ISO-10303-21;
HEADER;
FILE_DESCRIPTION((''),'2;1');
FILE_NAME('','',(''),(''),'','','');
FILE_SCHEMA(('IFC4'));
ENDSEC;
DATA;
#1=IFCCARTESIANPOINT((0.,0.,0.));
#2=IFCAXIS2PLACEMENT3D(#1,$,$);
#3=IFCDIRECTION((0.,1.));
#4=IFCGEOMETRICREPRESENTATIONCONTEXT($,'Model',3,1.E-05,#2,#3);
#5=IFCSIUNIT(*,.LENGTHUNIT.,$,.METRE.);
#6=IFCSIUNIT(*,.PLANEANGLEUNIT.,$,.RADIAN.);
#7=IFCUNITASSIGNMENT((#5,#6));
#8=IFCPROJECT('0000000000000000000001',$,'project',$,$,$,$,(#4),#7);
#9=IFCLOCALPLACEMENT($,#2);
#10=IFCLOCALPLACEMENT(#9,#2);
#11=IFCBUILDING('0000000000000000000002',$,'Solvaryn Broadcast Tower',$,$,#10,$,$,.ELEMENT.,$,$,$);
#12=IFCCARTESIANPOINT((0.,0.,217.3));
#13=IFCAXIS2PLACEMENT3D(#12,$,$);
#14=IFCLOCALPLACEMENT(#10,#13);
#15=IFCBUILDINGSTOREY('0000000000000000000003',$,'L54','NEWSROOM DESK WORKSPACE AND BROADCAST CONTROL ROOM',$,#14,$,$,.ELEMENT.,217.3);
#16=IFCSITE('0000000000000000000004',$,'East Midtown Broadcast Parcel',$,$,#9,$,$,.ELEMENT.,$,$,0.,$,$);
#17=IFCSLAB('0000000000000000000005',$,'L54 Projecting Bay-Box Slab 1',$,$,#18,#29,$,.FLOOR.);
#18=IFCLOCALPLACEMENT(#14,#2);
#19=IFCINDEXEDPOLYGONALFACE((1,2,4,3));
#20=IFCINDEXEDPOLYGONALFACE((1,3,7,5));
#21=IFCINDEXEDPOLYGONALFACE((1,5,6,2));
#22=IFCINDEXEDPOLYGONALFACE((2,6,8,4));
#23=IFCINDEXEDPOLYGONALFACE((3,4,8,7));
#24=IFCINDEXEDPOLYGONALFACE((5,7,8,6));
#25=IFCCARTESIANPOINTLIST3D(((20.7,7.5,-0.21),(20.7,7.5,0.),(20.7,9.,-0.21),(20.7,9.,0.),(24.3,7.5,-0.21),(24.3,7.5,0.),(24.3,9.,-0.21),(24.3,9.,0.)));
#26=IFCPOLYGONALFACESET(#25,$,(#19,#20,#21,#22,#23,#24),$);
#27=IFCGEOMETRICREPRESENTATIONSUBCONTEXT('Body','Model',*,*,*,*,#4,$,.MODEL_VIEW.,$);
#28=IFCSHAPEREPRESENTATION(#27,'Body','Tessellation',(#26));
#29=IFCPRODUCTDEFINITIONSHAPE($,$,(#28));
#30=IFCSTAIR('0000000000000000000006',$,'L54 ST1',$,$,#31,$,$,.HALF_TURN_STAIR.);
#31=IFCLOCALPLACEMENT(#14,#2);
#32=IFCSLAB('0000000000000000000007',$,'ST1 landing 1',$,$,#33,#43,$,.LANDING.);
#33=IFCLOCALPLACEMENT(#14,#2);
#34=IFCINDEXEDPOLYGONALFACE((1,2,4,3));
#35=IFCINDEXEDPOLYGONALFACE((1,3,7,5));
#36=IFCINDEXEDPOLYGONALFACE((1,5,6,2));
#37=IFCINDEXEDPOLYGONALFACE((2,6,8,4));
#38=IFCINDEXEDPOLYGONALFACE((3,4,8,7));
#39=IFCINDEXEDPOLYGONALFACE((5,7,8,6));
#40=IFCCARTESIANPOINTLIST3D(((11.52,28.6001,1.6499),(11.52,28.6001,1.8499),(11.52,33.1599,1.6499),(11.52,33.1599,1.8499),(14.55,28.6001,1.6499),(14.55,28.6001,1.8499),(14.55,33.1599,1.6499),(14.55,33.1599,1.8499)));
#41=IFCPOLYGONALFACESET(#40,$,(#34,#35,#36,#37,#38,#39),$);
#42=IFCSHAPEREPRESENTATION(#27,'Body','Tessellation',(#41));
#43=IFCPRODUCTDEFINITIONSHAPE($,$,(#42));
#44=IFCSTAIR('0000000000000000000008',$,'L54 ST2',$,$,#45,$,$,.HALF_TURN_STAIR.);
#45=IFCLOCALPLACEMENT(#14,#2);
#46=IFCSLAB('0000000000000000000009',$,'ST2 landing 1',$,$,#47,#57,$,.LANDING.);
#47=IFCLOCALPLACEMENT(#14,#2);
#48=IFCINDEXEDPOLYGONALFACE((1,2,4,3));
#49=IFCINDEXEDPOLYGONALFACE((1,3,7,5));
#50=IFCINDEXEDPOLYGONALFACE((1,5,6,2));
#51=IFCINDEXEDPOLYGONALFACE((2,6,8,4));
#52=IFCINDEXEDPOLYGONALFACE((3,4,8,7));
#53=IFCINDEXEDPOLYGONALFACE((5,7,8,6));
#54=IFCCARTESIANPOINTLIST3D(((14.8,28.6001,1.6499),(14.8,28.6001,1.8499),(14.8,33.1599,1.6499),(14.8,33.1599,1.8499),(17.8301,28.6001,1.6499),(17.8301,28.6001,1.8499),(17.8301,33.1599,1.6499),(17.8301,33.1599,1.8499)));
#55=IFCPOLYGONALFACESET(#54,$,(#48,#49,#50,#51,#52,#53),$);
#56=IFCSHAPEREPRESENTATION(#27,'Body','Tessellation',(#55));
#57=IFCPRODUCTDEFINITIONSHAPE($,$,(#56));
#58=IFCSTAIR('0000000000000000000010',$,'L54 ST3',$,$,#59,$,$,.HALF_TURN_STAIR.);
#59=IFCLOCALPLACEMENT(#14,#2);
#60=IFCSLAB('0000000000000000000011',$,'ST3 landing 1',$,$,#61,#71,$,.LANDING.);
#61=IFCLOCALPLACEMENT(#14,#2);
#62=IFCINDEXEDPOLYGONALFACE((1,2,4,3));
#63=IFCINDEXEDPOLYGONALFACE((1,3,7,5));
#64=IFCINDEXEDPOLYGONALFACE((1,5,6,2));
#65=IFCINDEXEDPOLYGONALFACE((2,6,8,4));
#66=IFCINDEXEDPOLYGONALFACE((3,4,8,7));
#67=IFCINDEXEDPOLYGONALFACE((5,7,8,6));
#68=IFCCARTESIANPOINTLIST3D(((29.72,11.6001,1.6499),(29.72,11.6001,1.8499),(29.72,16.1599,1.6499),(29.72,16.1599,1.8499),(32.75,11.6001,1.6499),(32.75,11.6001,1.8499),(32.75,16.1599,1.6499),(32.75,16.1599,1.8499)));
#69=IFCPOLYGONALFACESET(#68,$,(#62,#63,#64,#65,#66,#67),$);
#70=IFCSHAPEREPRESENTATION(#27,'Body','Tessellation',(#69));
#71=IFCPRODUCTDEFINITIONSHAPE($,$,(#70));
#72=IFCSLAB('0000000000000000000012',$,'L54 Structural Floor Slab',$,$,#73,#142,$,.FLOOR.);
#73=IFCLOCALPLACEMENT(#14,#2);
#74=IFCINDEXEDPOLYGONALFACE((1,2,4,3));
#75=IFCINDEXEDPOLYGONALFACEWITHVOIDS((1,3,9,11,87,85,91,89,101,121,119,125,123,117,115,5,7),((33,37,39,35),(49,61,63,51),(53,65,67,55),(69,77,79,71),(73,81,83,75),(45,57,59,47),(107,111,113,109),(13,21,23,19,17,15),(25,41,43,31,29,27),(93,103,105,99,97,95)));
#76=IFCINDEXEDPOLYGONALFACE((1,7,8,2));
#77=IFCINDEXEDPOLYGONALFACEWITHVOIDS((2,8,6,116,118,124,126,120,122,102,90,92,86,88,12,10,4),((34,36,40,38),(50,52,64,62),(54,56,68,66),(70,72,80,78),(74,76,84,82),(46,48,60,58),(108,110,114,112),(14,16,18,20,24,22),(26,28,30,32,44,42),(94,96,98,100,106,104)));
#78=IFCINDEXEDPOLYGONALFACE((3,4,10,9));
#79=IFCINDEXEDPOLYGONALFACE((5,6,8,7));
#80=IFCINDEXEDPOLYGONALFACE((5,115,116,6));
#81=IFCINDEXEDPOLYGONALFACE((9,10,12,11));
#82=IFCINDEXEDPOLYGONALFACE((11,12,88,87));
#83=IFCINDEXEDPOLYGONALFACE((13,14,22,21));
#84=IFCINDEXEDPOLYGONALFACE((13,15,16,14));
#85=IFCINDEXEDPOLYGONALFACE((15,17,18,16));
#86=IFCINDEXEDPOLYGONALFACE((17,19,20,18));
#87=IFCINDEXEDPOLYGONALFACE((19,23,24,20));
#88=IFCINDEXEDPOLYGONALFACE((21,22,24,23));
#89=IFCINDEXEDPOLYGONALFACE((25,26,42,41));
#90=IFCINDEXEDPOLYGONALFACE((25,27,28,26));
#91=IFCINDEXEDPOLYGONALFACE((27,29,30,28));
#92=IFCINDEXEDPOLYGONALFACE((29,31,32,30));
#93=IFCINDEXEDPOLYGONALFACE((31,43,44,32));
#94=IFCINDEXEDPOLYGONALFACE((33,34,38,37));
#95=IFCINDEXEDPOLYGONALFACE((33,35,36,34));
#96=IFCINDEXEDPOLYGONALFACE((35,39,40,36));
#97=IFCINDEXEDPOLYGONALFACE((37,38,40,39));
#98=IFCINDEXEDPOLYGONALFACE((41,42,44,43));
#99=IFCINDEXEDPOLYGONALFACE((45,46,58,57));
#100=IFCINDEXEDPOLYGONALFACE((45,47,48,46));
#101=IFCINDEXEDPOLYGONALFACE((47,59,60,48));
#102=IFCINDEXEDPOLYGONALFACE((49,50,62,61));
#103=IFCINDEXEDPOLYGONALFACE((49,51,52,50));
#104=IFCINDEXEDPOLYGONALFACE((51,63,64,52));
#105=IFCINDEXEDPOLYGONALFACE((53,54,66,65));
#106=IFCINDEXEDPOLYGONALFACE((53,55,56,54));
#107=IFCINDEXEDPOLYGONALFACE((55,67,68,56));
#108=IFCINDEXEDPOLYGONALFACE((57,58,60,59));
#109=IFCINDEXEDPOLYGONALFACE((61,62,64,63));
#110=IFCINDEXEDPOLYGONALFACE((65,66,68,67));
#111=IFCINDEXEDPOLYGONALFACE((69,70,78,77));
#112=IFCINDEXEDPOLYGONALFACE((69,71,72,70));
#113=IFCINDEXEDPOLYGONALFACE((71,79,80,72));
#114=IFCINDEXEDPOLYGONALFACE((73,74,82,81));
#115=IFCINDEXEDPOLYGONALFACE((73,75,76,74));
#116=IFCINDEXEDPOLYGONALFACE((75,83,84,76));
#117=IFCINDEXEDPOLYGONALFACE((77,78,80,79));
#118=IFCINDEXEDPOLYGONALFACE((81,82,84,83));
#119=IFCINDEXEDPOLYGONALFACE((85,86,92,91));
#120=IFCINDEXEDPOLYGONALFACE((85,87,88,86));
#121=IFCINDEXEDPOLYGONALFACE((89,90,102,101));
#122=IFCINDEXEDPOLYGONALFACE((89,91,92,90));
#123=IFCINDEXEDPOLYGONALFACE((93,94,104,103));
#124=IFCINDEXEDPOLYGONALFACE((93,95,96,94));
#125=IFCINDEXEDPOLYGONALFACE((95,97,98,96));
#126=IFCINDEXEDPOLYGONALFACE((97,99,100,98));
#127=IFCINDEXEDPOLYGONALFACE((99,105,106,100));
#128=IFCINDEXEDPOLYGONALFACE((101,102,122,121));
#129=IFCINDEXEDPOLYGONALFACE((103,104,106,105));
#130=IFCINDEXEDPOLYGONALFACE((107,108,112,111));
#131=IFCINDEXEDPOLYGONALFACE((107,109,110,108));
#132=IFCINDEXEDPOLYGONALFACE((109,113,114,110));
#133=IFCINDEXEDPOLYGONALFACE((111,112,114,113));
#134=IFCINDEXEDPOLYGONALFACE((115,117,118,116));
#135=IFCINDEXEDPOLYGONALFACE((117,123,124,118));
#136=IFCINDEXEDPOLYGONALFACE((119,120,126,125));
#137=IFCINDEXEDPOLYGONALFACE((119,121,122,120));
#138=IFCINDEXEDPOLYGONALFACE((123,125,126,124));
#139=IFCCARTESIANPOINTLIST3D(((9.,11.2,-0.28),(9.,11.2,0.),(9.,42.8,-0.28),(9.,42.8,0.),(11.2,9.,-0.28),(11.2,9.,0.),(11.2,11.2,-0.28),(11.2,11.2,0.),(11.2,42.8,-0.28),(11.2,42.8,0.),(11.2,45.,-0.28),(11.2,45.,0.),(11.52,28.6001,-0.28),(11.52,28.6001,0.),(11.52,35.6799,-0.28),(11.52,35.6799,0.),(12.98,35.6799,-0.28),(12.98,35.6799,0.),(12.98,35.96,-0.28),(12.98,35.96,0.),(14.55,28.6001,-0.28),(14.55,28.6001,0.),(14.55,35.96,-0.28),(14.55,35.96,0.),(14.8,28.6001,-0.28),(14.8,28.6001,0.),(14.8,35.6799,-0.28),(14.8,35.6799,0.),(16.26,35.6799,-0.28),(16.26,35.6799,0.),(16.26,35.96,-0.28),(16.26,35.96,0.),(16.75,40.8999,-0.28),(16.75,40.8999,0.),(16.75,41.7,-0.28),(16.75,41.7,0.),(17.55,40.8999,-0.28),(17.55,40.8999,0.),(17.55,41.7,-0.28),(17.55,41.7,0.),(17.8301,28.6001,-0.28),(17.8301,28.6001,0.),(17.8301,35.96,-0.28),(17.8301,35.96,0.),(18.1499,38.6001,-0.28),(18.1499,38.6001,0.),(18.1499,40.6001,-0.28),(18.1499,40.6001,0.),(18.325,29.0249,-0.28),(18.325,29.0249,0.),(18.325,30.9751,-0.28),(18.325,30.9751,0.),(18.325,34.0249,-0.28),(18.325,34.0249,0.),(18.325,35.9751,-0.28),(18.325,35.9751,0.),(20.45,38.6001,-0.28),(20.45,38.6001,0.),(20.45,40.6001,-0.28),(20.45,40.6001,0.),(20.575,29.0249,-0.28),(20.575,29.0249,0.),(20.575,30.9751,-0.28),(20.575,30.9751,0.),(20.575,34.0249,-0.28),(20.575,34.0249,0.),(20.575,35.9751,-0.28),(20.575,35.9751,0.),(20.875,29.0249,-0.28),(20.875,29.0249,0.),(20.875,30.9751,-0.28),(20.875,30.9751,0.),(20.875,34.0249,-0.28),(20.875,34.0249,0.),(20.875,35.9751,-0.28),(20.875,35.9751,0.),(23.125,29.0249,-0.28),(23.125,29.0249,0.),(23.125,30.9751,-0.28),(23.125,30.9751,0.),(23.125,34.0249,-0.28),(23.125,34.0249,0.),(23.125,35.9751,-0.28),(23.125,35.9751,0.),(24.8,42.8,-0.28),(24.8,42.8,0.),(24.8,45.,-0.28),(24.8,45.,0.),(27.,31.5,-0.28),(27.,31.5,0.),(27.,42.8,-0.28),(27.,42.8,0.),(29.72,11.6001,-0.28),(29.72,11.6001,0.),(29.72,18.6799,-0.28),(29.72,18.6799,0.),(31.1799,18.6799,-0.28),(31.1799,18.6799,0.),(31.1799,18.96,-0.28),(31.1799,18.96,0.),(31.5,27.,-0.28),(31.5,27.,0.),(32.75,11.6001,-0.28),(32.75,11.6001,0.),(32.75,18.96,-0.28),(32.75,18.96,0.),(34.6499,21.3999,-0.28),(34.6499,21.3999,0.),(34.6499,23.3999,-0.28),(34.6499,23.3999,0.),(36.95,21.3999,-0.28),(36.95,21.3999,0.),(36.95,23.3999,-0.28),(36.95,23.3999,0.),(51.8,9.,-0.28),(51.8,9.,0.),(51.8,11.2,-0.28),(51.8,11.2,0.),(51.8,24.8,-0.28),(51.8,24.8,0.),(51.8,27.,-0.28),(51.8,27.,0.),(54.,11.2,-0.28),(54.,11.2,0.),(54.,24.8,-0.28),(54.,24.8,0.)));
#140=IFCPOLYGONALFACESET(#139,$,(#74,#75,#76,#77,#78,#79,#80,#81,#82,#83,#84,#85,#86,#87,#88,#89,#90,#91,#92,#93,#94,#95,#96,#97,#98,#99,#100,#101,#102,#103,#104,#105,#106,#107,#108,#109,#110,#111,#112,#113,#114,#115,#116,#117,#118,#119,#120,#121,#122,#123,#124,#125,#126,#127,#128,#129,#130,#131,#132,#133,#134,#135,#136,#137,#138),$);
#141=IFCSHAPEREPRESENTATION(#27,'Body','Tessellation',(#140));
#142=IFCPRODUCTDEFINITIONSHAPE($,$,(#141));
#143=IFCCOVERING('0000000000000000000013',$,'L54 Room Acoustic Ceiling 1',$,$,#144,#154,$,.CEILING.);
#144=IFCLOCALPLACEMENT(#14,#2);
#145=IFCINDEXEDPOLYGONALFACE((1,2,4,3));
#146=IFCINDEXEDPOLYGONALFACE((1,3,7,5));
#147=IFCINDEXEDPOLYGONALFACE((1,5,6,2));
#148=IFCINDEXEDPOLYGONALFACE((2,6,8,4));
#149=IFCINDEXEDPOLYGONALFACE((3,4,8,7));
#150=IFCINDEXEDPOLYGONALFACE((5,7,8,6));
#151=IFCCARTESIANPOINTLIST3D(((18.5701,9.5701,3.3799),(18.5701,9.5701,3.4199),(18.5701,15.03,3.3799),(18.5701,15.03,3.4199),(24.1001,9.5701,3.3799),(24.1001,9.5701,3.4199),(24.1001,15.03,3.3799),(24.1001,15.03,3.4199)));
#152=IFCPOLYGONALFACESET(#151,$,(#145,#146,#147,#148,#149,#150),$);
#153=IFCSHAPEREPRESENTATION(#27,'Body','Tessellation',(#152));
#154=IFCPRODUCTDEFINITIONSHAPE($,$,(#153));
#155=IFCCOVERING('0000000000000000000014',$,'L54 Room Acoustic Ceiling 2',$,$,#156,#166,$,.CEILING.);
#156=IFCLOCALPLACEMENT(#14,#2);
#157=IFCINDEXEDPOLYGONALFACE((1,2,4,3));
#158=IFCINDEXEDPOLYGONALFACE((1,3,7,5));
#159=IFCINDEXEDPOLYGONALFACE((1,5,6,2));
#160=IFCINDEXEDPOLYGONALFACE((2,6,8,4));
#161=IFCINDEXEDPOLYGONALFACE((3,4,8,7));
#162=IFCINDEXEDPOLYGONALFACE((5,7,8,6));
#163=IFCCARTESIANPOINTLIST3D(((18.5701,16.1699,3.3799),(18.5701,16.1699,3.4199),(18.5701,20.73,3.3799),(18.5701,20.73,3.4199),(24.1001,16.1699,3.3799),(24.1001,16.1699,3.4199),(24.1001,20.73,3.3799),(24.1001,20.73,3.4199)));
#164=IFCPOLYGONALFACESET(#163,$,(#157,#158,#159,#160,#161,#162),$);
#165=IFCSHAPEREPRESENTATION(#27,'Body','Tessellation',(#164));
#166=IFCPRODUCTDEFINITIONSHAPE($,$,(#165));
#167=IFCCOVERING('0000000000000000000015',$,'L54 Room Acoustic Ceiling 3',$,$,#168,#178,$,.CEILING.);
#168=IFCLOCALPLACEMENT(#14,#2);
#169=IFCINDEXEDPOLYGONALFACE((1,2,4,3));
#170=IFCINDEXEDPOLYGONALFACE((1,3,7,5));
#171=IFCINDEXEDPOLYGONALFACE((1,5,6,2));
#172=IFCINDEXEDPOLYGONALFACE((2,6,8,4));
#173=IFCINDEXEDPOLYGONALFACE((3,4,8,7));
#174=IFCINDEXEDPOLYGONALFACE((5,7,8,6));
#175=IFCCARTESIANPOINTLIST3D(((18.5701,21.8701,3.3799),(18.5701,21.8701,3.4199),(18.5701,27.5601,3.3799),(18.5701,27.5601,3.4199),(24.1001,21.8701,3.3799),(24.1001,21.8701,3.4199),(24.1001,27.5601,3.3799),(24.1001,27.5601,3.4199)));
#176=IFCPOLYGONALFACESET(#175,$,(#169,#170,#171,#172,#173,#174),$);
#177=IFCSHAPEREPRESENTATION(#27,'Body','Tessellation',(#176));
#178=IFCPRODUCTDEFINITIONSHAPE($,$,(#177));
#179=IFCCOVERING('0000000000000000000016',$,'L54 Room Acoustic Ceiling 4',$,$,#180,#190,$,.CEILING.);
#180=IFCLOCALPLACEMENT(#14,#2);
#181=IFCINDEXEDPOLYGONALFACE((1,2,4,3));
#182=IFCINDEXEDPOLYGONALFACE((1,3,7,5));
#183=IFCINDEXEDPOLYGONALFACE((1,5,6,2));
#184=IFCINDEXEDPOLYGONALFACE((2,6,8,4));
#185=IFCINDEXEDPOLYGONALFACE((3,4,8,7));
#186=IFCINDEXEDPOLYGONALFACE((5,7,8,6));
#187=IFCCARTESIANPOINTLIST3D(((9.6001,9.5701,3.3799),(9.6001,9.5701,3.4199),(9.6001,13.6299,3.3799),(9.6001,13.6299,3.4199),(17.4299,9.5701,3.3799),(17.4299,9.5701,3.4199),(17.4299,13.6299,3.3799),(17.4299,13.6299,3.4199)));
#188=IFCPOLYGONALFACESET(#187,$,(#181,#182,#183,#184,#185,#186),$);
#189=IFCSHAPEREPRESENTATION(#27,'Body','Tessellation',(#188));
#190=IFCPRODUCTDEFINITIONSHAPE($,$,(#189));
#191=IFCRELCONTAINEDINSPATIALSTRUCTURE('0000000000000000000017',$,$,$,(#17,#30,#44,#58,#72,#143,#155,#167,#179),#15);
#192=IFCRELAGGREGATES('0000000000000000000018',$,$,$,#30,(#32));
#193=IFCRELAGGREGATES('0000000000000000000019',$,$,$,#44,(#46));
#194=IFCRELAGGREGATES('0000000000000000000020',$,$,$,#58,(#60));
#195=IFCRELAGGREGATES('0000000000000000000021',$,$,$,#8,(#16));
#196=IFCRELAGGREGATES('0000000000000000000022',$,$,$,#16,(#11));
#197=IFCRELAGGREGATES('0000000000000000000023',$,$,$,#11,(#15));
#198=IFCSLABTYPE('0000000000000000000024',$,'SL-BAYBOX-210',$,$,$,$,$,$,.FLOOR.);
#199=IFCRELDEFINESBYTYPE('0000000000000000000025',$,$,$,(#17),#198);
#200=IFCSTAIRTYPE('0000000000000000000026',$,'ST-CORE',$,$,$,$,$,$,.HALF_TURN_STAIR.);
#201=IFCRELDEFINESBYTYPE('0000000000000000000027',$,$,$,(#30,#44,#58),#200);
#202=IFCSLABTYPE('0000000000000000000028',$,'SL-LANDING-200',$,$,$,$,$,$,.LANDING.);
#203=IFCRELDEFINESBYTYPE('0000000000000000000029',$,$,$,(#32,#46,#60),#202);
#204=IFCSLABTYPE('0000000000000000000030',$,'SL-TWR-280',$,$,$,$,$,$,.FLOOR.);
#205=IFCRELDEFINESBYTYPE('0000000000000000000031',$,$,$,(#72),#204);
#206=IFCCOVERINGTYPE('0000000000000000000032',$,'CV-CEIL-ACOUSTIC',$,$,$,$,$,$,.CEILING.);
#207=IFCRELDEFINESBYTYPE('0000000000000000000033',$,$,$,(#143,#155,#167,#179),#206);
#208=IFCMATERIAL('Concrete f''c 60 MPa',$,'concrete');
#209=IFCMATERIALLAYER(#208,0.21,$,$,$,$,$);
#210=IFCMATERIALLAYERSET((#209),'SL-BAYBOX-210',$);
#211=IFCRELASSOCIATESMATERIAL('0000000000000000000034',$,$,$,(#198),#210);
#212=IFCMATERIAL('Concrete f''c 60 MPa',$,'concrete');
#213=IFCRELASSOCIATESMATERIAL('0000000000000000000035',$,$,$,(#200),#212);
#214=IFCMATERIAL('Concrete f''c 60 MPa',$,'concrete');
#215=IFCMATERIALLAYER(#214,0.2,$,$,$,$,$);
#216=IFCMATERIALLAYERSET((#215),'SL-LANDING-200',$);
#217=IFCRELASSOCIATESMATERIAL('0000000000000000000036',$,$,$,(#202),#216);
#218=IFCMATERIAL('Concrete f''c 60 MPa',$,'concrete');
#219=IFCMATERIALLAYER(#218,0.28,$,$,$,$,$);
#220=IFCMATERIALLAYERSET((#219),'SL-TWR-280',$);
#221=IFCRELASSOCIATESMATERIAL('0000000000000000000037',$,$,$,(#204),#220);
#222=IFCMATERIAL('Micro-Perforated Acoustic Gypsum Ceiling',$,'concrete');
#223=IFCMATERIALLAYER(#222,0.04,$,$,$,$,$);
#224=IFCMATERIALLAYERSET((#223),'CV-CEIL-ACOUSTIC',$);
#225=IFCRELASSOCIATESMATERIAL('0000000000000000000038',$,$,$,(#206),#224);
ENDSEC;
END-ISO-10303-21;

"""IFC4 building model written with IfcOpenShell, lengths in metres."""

from ifc_helpers import new_model, si_unit, direction, frame, origin, place, context, subcontext, project, spatial, polyline, outline, extrude, material, layer, layer_set, type_object, element, aggregate, save


model = new_model("IFC4")

# Units and contexts
model_context = context("Model", 3, precision=1e-05, world=origin(), true_north=direction((0.0, 1.0)))
body_context = subcontext(model_context, "Body", "Model", "MODEL_VIEW")
ifc_project = project(units=[si_unit("LENGTHUNIT", "METRE"), si_unit("PLANEANGLEUNIT", "RADIAN")], contexts=[model_context])

# Site, building, storey
site_placement = place(None, origin())
site = spatial("IfcSite", under=ifc_project, at=site_placement, Name="East Midtown Broadcast Parcel", CompositionType="ELEMENT", RefElevation=0.0)
building_placement = place(site_placement, origin())
building = spatial("IfcBuilding", under=site, at=building_placement, Name="Solvaryn Broadcast Tower", CompositionType="ELEMENT")
storey_placement = place(building_placement, frame((0.0, 0.0, 217.3)))
storey = spatial("IfcBuildingStorey", under=building, at=storey_placement, Name="L54", Description="NEWSROOM DESK WORKSPACE AND BROADCAST CONTROL ROOM", CompositionType="ELEMENT", Elevation=217.3)

# Slab
ifc_material_1 = material(Name="Concrete f'c 60 MPa", Category="concrete")
ifc_layer_1 = layer(ifc_material_1, 0.21)
ifc_layer_set_1 = layer_set([ifc_layer_1], Name="SL-BAYBOX-210")
slab_type_1 = type_object("IfcSlabType", Name="SL-BAYBOX-210", PredefinedType="FLOOR", material=ifc_layer_set_1)
slab_1_placement = place(storey_placement, frame((0.0, 0.0, -0.21)))
element("IfcSlab", 1, at=slab_1_placement, inside=storey, type_object=slab_type_1, Name="L54 Projecting Bay-Box Slab 1", PredefinedType="FLOOR", context=body_context, shape_type="SweptSolid", body=[
    extrude(outline(polyline([(20.7, 7.5), (24.3, 7.5), (24.3, 9.0), (20.7, 9.0), (20.7, 7.5)])), origin(), (0.0, 0.0, 1.0), 0.21),
])

# Stairs, slabs
ifc_material_2 = material(Name="Concrete f'c 60 MPa", Category="concrete")
stair_type = type_object("IfcStairType", Name="ST-CORE", PredefinedType="HALF_TURN_STAIR", material=ifc_material_2)
stair_1_placement = place(storey_placement, origin())
stair_1 = element("IfcStair", 2, at=stair_1_placement, inside=storey, type_object=stair_type, Name="L54 ST1", PredefinedType="HALF_TURN_STAIR")
ifc_material_3 = material(Name="Concrete f'c 60 MPa", Category="concrete")
ifc_layer_2 = layer(ifc_material_3, 0.2)
ifc_layer_set_2 = layer_set([ifc_layer_2], Name="SL-LANDING-200")
slab_type_2 = type_object("IfcSlabType", Name="SL-LANDING-200", PredefinedType="LANDING", material=ifc_layer_set_2)
slab_2_placement = place(storey_placement, frame((0.0, 0.0, 1.6499)))
slab_2 = element("IfcSlab", 3, at=slab_2_placement, type_object=slab_type_2, Name="ST1 landing 1", PredefinedType="LANDING", context=body_context, shape_type="SweptSolid", body=[
    extrude(outline(polyline([(11.52, 33.1599), (11.52, 28.6001), (14.55, 28.6001), (14.55, 33.1599), (11.52, 33.1599)])), origin(), (0.0, 0.0, 1.0), 0.2),
])
aggregate(stair_1, [slab_2])
stair_2_placement = place(storey_placement, origin())
stair_2 = element("IfcStair", 4, at=stair_2_placement, inside=storey, type_object=stair_type, Name="L54 ST2", PredefinedType="HALF_TURN_STAIR")
slab_3_placement = place(storey_placement, frame((0.0, 0.0, 1.6499)))
slab_3 = element("IfcSlab", 5, at=slab_3_placement, type_object=slab_type_2, Name="ST2 landing 1", PredefinedType="LANDING", context=body_context, shape_type="SweptSolid", body=[
    extrude(outline(polyline([(14.8, 33.1599), (14.8, 28.6001), (17.8301, 28.6001), (17.8301, 33.1599), (14.8, 33.1599)])), origin(), (0.0, 0.0, 1.0), 0.2),
])
aggregate(stair_2, [slab_3])
stair_3_placement = place(storey_placement, origin())
stair_3 = element("IfcStair", 6, at=stair_3_placement, inside=storey, type_object=stair_type, Name="L54 ST3", PredefinedType="HALF_TURN_STAIR")
slab_4_placement = place(storey_placement, frame((0.0, 0.0, 1.6499)))
slab_4 = element("IfcSlab", 7, at=slab_4_placement, type_object=slab_type_2, Name="ST3 landing 1", PredefinedType="LANDING", context=body_context, shape_type="SweptSolid", body=[
    extrude(outline(polyline([(29.72, 16.1599), (29.72, 11.6001), (32.75, 11.6001), (32.75, 16.1599), (29.72, 16.1599)])), origin(), (0.0, 0.0, 1.0), 0.2),
])
aggregate(stair_3, [slab_4])

# Slab
ifc_material_4 = material(Name="Concrete f'c 60 MPa", Category="concrete")
ifc_layer_3 = layer(ifc_material_4, 0.28)
ifc_layer_set_3 = layer_set([ifc_layer_3], Name="SL-TWR-280")
slab_type_3 = type_object("IfcSlabType", Name="SL-TWR-280", PredefinedType="FLOOR", material=ifc_layer_set_3)
slab_5_placement = place(storey_placement, frame((0.0, 0.0, -0.28)))
element("IfcSlab", 8, at=slab_5_placement, inside=storey, type_object=slab_type_3, Name="L54 Structural Floor Slab", PredefinedType="FLOOR", context=body_context, shape_type="SweptSolid", body=[
    extrude(outline(polyline([(11.2, 9.0), (51.8, 9.0), (51.8, 11.2), (54.0, 11.2), (54.0, 24.8), (51.8, 24.8), (51.8, 27.0), (31.5, 27.0), (27.0, 31.5), (27.0, 42.8), (24.8, 42.8), (24.8, 45.0), (11.2, 45.0), (11.2, 42.8), (9.0, 42.8), (9.0, 11.2), (11.2, 11.2), (11.2, 9.0)]), holes=[polyline([(11.52, 28.6001), (14.55, 28.6001), (14.55, 35.96), (12.98, 35.96), (12.98, 35.6799), (11.52, 35.6799), (11.52, 28.6001)]), polyline([(14.8, 28.6001), (17.8301, 28.6001), (17.8301, 35.96), (16.26, 35.96), (16.26, 35.6799), (14.8, 35.6799), (14.8, 28.6001)]), polyline([(29.72, 11.6001), (32.75, 11.6001), (32.75, 18.96), (31.1799, 18.96), (31.1799, 18.6799), (29.72, 18.6799), (29.72, 11.6001)]), polyline([(18.1499, 38.6001), (20.45, 38.6001), (20.45, 40.6001), (18.1499, 40.6001), (18.1499, 38.6001)]), polyline([(18.325, 29.0249), (20.575, 29.0249), (20.575, 30.9751), (18.325, 30.9751), (18.325, 29.0249)]), polyline([(20.875, 29.0249), (23.125, 29.0249), (23.125, 30.9751), (20.875, 30.9751), (20.875, 29.0249)]), polyline([(18.325, 34.0249), (20.575, 34.0249), (20.575, 35.9751), (18.325, 35.9751), (18.325, 34.0249)]), polyline([(20.875, 34.0249), (23.125, 34.0249), (23.125, 35.9751), (20.875, 35.9751), (20.875, 34.0249)]), polyline([(34.6499, 21.3999), (36.95, 21.3999), (36.95, 23.3999), (34.6499, 23.3999), (34.6499, 21.3999)]), polyline([(16.75, 40.8999), (17.55, 40.8999), (17.55, 41.7), (16.75, 41.7), (16.75, 40.8999)])]), origin(), (0.0, 0.0, 1.0), 0.28),
])

# Coverings
ifc_material_5 = material(Name="Micro-Perforated Acoustic Gypsum Ceiling", Category="concrete")
ifc_layer_4 = layer(ifc_material_5, 0.04)
ifc_layer_set_4 = layer_set([ifc_layer_4], Name="CV-CEIL-ACOUSTIC")
covering_type_1 = type_object("IfcCoveringType", Name="CV-CEIL-ACOUSTIC", PredefinedType="CEILING", material=ifc_layer_set_4)
covering_1_placement = place(storey_placement, frame((0.0, 0.0, 3.3799)))
element("IfcCovering", 9, at=covering_1_placement, inside=storey, type_object=covering_type_1, Name="L54 Room Acoustic Ceiling 1", PredefinedType="CEILING", context=body_context, shape_type="SweptSolid", body=[
    extrude(outline(polyline([(18.5701, 9.5701), (24.1001, 9.5701), (24.1001, 15.03), (18.5701, 15.03), (18.5701, 9.5701)])), origin(), (0.0, 0.0, 1.0), 0.04),
])
covering_2_placement = place(storey_placement, frame((0.0, 0.0, 3.3799)))
element("IfcCovering", 10, at=covering_2_placement, inside=storey, type_object=covering_type_1, Name="L54 Room Acoustic Ceiling 2", PredefinedType="CEILING", context=body_context, shape_type="SweptSolid", body=[
    extrude(outline(polyline([(18.5701, 16.1699), (24.1001, 16.1699), (24.1001, 20.73), (18.5701, 20.73), (18.5701, 16.1699)])), origin(), (0.0, 0.0, 1.0), 0.04),
])
covering_3_placement = place(storey_placement, frame((0.0, 0.0, 3.3799)))
element("IfcCovering", 11, at=covering_3_placement, inside=storey, type_object=covering_type_1, Name="L54 Room Acoustic Ceiling 3", PredefinedType="CEILING", context=body_context, shape_type="SweptSolid", body=[
    extrude(outline(polyline([(18.5701, 21.8701), (24.1001, 21.8701), (24.1001, 27.5601), (18.5701, 27.5601), (18.5701, 21.8701)])), origin(), (0.0, 0.0, 1.0), 0.04),
])
covering_4_placement = place(storey_placement, frame((0.0, 0.0, 3.3799)))
element("IfcCovering", 12, at=covering_4_placement, inside=storey, type_object=covering_type_1, Name="L54 Room Acoustic Ceiling 4", PredefinedType="CEILING", context=body_context, shape_type="SweptSolid", body=[
    extrude(outline(polyline([(9.6001, 9.5701), (17.4299, 9.5701), (17.4299, 13.6299), (9.6001, 13.6299), (9.6001, 9.5701)])), origin(), (0.0, 0.0, 1.0), 0.04),
])

save(model, "model.ifc")
